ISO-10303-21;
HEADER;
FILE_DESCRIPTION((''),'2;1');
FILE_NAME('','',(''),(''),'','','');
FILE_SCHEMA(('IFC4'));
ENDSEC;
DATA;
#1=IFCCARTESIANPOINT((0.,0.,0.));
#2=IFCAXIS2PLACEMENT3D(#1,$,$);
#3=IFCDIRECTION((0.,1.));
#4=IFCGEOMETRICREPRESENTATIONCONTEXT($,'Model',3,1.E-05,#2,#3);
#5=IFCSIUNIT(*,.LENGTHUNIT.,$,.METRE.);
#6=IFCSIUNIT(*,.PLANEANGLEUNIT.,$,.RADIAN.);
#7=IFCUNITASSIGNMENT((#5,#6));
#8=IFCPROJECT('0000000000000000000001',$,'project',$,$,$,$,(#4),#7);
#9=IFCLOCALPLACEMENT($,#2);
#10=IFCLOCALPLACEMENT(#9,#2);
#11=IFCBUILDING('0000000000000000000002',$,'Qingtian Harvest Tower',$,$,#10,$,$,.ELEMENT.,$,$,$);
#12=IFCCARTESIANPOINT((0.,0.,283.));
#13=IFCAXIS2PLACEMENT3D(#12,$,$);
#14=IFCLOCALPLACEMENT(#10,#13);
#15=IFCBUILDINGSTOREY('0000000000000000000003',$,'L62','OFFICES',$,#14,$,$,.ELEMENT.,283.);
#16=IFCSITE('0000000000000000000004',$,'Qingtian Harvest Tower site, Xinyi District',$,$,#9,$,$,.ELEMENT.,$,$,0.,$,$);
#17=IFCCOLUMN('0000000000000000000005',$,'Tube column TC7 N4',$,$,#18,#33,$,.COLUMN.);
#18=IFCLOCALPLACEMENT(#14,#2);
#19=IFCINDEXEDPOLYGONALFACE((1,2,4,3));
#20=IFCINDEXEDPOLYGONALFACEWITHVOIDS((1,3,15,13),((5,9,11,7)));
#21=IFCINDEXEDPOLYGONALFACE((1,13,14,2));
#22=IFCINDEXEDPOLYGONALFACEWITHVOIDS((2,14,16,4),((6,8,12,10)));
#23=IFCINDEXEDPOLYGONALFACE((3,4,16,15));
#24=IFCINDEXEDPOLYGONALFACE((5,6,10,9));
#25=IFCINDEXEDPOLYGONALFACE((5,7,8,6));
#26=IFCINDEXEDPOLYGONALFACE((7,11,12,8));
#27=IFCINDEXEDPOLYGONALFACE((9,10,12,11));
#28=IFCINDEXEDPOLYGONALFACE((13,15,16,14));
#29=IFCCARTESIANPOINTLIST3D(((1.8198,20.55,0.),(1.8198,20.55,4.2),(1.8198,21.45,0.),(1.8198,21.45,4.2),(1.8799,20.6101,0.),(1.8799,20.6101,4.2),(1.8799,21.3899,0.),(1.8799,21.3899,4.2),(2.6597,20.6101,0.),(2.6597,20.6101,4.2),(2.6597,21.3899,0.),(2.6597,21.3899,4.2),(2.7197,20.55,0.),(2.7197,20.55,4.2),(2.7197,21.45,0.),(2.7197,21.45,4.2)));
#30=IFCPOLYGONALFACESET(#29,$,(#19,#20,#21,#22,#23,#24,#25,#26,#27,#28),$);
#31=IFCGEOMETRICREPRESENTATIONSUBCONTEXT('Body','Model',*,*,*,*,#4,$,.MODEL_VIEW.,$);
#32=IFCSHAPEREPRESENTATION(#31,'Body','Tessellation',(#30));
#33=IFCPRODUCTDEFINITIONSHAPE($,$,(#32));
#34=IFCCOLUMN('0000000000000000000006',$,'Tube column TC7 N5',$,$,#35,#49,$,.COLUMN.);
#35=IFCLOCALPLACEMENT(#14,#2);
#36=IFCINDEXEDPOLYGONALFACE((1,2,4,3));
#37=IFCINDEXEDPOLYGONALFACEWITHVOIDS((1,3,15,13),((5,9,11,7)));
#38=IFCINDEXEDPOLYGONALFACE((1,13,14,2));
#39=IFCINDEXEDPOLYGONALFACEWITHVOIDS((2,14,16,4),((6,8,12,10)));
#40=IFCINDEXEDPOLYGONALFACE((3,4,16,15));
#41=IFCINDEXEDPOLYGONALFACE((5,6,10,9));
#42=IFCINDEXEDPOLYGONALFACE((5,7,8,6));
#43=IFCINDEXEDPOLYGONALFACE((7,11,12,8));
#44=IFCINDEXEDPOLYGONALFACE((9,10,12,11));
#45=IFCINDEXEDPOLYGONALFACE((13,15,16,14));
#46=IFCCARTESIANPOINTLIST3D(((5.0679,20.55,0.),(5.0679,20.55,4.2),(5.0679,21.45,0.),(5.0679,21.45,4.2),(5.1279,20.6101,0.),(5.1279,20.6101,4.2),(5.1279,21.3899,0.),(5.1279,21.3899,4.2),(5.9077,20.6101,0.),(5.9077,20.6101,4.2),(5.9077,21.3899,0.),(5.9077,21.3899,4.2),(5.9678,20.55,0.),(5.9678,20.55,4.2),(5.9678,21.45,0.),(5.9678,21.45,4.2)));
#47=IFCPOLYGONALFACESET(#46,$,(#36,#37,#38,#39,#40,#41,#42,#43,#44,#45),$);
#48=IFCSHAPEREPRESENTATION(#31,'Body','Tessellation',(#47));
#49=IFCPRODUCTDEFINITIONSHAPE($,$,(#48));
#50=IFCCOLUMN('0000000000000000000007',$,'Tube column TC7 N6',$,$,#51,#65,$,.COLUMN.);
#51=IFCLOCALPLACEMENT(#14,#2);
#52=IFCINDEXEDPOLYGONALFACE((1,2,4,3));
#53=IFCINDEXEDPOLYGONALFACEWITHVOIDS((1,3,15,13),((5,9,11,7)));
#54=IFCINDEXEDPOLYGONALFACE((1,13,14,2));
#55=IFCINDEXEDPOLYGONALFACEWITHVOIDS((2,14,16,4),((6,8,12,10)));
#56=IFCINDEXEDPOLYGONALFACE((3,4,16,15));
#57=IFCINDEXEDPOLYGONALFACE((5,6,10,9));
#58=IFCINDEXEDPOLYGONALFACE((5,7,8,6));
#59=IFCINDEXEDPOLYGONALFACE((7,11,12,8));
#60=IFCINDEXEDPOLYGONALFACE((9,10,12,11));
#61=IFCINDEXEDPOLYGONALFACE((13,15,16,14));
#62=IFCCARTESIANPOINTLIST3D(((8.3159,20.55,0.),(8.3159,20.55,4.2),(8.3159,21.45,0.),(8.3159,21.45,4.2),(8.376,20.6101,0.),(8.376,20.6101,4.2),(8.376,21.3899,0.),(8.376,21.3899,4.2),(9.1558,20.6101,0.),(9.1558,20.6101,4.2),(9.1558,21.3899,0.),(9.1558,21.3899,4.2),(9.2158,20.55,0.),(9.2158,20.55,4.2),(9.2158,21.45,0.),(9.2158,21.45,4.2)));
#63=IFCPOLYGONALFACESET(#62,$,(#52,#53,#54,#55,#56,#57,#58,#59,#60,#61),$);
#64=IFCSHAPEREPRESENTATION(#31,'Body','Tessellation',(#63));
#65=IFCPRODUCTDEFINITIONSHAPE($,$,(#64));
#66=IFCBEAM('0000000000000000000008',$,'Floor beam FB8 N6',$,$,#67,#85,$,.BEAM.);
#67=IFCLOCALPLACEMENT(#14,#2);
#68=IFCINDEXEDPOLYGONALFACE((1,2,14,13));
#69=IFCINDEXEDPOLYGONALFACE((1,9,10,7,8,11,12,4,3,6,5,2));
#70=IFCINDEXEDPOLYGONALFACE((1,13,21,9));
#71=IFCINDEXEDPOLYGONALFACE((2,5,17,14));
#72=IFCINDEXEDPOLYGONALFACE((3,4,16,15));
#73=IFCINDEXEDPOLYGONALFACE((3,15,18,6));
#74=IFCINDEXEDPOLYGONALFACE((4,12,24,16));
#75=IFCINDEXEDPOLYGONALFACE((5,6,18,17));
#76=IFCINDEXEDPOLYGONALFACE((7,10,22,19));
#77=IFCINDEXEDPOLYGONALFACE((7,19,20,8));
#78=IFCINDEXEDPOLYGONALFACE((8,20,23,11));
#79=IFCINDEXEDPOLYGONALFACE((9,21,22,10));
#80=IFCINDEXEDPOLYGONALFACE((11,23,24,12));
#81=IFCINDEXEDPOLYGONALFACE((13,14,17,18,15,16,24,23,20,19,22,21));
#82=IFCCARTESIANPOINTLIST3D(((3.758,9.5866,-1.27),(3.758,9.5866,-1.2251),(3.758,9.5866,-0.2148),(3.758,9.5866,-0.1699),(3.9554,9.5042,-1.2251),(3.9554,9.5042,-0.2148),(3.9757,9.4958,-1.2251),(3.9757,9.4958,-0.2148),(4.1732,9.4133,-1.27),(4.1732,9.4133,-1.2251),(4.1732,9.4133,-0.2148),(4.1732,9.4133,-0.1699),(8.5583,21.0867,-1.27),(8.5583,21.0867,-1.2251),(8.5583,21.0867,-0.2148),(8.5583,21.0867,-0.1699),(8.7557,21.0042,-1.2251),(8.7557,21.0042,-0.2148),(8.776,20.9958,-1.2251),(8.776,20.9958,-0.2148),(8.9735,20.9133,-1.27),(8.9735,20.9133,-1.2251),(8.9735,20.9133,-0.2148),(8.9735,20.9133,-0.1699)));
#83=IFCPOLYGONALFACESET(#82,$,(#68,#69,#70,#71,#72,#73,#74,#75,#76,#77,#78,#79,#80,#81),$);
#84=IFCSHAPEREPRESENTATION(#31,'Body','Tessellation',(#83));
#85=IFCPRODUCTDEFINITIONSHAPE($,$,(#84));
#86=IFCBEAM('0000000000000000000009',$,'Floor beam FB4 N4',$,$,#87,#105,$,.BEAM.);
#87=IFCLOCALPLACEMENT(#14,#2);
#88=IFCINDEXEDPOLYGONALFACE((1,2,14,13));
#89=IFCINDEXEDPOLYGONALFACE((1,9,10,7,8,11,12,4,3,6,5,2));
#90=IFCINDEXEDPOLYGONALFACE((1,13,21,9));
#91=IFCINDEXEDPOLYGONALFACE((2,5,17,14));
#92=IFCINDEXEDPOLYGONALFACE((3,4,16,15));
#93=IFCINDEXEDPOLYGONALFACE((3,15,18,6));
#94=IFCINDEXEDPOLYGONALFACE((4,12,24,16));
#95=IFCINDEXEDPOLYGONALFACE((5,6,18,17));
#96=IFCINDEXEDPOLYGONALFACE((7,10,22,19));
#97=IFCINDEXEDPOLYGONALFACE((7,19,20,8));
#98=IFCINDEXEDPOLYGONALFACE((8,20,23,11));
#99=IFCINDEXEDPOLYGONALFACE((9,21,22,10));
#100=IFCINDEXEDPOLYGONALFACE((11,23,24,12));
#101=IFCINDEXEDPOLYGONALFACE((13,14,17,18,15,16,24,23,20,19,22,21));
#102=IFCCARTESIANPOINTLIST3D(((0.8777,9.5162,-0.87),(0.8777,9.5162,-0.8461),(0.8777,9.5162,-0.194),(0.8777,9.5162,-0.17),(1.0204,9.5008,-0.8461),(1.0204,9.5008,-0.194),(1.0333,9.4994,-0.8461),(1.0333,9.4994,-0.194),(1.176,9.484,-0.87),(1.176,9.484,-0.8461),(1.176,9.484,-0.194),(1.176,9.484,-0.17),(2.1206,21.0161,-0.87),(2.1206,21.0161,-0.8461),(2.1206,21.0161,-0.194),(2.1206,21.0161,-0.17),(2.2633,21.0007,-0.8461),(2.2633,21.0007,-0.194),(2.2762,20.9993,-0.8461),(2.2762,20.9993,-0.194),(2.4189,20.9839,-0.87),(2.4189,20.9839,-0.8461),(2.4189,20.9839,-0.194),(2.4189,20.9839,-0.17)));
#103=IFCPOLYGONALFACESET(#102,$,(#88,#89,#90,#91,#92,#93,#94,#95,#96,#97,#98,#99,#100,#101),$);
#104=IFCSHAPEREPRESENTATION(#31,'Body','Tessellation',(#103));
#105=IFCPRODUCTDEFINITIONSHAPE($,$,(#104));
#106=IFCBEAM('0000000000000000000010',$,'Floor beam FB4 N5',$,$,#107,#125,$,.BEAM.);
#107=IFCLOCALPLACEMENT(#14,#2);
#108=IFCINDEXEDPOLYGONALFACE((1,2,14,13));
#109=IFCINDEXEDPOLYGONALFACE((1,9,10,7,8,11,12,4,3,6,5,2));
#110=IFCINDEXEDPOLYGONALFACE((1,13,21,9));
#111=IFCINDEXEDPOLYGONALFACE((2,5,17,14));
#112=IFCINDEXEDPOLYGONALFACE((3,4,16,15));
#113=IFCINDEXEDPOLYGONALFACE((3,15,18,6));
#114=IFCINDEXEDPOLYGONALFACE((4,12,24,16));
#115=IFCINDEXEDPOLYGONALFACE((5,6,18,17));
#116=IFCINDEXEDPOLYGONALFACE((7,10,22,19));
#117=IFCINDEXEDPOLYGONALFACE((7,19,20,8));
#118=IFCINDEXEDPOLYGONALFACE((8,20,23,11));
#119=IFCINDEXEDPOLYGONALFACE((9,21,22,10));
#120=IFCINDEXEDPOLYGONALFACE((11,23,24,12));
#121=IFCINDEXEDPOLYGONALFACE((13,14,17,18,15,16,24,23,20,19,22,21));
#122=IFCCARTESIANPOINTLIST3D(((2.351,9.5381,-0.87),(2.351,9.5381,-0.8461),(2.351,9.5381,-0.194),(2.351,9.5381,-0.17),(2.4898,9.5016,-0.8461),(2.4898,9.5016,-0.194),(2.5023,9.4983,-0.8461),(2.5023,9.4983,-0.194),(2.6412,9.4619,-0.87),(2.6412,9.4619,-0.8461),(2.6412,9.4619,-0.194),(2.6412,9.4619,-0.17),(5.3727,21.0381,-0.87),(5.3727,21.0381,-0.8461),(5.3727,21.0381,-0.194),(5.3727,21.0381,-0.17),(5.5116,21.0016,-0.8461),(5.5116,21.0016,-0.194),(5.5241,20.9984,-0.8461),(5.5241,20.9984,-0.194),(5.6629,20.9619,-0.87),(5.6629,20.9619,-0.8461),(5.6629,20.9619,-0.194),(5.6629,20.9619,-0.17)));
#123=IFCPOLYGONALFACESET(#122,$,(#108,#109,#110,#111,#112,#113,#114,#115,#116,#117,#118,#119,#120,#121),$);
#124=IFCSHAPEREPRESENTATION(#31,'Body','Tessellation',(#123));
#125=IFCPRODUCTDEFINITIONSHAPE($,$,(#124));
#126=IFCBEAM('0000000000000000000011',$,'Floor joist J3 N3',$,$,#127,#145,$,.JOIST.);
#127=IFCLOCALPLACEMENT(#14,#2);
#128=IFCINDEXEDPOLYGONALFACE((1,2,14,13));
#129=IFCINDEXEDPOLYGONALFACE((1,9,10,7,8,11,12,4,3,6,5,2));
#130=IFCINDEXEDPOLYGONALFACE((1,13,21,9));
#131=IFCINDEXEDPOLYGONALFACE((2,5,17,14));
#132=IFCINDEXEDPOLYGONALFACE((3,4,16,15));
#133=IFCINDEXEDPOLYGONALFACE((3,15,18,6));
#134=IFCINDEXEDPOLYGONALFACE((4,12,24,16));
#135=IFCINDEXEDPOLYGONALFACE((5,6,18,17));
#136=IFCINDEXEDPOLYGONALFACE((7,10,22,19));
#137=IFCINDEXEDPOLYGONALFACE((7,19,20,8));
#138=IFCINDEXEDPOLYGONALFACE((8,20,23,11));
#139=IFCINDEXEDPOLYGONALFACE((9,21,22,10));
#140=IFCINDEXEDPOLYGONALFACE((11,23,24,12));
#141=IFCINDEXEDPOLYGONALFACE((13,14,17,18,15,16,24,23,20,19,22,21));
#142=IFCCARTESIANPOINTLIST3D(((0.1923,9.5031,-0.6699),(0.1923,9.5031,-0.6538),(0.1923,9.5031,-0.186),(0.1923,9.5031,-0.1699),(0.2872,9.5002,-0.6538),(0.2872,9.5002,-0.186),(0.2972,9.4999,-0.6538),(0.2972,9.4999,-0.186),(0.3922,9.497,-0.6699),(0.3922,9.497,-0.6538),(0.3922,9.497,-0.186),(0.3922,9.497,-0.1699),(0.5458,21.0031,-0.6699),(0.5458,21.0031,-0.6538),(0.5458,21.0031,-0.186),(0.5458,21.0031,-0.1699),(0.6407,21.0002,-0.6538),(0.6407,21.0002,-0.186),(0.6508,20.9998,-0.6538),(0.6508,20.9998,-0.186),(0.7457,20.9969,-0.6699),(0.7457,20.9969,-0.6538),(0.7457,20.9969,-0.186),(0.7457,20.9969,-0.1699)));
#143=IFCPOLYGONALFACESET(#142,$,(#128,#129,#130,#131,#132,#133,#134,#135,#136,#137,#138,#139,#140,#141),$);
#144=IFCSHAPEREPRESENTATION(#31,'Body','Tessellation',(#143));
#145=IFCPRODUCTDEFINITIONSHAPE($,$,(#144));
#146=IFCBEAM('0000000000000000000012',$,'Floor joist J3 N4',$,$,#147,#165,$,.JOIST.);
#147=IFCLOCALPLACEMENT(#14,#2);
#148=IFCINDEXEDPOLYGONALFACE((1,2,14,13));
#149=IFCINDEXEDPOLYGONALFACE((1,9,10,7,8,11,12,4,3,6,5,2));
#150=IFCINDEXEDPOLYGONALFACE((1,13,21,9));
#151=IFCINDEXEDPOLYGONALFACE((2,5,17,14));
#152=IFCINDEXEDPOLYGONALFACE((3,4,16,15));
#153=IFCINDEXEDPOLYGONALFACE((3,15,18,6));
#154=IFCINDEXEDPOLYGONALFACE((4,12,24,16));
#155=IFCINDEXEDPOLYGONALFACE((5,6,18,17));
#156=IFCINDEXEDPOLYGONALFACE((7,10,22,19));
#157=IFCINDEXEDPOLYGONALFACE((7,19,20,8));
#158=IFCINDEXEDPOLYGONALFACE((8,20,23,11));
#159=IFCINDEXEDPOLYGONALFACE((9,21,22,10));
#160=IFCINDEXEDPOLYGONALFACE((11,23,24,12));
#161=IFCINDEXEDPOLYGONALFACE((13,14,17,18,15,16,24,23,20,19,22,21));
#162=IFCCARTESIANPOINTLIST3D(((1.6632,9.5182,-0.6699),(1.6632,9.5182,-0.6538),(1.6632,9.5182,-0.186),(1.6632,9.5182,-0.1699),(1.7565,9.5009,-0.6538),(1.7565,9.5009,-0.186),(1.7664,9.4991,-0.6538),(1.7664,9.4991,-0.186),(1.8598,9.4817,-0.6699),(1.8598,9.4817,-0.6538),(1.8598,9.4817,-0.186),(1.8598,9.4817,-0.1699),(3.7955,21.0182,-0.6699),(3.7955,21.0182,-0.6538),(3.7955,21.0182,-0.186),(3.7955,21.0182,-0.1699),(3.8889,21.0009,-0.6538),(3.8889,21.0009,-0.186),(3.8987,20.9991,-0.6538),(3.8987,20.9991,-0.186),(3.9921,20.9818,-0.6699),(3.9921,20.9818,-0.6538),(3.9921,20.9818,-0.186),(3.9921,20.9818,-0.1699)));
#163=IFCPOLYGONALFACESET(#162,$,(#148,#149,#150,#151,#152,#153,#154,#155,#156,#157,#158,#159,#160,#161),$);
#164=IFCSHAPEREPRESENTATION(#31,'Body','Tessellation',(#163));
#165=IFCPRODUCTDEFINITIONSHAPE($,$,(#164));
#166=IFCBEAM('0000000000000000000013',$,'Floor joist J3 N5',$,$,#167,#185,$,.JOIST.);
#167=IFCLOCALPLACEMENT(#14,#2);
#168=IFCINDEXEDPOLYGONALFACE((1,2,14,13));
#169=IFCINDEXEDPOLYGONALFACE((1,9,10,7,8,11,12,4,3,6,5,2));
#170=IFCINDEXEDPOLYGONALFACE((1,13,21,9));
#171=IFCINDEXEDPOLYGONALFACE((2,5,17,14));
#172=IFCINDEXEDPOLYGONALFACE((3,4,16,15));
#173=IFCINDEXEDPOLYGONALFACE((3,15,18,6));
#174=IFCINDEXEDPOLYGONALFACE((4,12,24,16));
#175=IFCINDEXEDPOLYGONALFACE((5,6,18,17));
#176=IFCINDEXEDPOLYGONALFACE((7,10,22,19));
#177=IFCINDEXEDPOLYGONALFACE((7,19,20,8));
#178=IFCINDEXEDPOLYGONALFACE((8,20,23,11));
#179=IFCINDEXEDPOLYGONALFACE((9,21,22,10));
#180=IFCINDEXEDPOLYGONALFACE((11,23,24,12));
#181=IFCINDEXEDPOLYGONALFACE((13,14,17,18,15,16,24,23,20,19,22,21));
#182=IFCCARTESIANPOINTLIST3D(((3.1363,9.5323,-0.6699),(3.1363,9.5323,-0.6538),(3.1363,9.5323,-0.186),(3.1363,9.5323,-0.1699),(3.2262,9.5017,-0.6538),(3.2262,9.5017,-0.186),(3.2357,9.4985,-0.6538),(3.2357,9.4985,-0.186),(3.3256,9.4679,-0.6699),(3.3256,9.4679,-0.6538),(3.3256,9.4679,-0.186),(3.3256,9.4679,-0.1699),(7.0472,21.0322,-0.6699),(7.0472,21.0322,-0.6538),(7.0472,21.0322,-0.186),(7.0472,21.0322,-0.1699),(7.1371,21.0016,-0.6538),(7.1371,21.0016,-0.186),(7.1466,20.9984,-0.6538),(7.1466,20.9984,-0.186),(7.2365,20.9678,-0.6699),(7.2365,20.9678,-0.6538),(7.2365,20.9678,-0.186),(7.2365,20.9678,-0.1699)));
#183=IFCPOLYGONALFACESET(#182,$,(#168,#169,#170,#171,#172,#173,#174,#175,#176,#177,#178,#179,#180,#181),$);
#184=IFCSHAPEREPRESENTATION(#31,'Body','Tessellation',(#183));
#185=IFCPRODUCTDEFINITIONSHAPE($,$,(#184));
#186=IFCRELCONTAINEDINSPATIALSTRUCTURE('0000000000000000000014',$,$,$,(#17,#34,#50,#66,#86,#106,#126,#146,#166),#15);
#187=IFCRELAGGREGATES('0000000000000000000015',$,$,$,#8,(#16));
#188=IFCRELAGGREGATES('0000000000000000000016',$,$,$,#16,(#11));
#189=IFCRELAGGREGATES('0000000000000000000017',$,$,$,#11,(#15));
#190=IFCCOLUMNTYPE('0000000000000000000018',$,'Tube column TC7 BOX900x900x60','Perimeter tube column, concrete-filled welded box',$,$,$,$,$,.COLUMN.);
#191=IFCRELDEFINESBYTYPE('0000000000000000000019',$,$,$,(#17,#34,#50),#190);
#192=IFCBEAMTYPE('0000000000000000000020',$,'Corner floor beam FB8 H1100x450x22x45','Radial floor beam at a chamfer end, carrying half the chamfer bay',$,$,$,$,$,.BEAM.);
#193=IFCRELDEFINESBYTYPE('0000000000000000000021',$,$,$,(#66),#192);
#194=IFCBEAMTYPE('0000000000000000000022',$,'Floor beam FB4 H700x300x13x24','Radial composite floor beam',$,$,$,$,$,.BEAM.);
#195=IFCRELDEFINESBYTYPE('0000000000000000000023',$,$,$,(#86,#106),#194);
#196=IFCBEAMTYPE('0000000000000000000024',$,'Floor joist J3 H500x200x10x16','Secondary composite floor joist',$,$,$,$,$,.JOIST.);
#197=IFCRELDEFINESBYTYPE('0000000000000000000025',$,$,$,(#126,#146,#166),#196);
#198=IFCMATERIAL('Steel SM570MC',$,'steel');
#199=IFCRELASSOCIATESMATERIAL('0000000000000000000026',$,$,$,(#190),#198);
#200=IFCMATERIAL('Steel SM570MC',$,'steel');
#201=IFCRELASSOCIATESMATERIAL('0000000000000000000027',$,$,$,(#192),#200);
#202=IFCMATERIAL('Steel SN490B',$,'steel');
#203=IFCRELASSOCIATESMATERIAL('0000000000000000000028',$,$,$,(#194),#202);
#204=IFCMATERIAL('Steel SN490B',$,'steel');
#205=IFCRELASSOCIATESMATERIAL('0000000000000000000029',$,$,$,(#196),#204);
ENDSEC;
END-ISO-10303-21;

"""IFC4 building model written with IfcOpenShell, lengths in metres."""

from ifc_helpers import new_model, si_unit, direction, frame, origin, origin_2d, place, context, subcontext, project, spatial, hollow_rectangle, i_section, extrude, material, material_profile, profile_set, type_object, element, save


model = new_model("IFC4")

# Units and contexts
model_context = context("Model", 3, precision=1e-05, world=origin(), true_north=direction((0.0, 1.0)))
body_context = subcontext(model_context, "Body", "Model", "MODEL_VIEW")
ifc_project = project(units=[si_unit("LENGTHUNIT", "METRE"), si_unit("PLANEANGLEUNIT", "RADIAN")], contexts=[model_context])

# Site, building, storey
site_placement = place(None, origin())
site = spatial("IfcSite", under=ifc_project, at=site_placement, Name="Qingtian Harvest Tower site, Xinyi District", CompositionType="ELEMENT", RefElevation=0.0)
building_placement = place(site_placement, origin())
building = spatial("IfcBuilding", under=site, at=building_placement, Name="Qingtian Harvest Tower", CompositionType="ELEMENT")
storey_placement = place(building_placement, frame((0.0, 0.0, 283.0)))
storey = spatial("IfcBuildingStorey", under=building, at=storey_placement, Name="L62", Description="OFFICES", CompositionType="ELEMENT", Elevation=283.0)

# Columns
ifc_material_1 = material(Name="Steel SM570MC", Category="steel")
ifc_material_profile_1 = material_profile(ifc_material_1, hollow_rectangle(XDim=0.8999, YDim=0.8999, WallThickness=0.0601, at=origin_2d()), Name="BOX900x900x60")
ifc_profile_set_1 = profile_set([ifc_material_profile_1], Name="Steel SM570MC")
column_type = type_object("IfcColumnType", Name="Tube column TC7 BOX900x900x60", Description="Perimeter tube column, concrete-filled welded box", PredefinedType="COLUMN", material=ifc_profile_set_1)
for number, where, z_axis, x_axis, name in (
    (1, (2.2698, 21.0, 0.0), (0.0, 0.0, 1.0), (-1.0, 0.0, 0.0), "Tube column TC7 N4"),
    (2, (5.5178, 21.0, 0.0), (0.0, 0.0, 1.0), (-1.0, 0.0, 0.0), "Tube column TC7 N5"),
    (3, (8.7659, 21.0, 0.0), (0.0, 0.0, 1.0), (-1.0, 0.0, 0.0), "Tube column TC7 N6"),
):
    element("IfcColumn", number, at=place(storey_placement, frame(where, z_axis=z_axis, x_axis=x_axis)), inside=storey, type_object=column_type, Name=name, PredefinedType="COLUMN", context=body_context, shape_type="SweptSolid", body=[
        extrude(hollow_rectangle(XDim=0.8999, YDim=0.8999, WallThickness=0.0601, at=origin_2d()), origin(), (0.0, 0.0, 1.0), 4.2),
    ])

# Beams
ifc_material_2 = material(Name="Steel SM570MC", Category="steel")
ifc_material_profile_2 = material_profile(ifc_material_2, i_section(OverallWidth=0.45, OverallDepth=1.1001, WebThickness=0.022, FlangeThickness=0.0449, at=origin_2d()), Name="H1100x450x22x45")
ifc_profile_set_2 = profile_set([ifc_material_profile_2], Name="Steel SM570MC")
beam_type_1 = type_object("IfcBeamType", Name="Corner floor beam FB8 H1100x450x22x45", Description="Radial floor beam at a chamfer end, carrying half the chamfer bay", PredefinedType="BEAM", material=ifc_profile_set_2)
beam_1_placement = place(storey_placement, frame((8.7659, 21.0, -0.72), z_axis=(-0.385205, -0.922831, 0.0), x_axis=(0.922831, -0.385205, 0.0)))
element("IfcBeam", 4, at=beam_1_placement, inside=storey, type_object=beam_type_1, Name="Floor beam FB8 N6", PredefinedType="BEAM", context=body_context, shape_type="SweptSolid", body=[
    extrude(i_section(OverallWidth=0.45, OverallDepth=1.1001, WebThickness=0.022, FlangeThickness=0.0449, at=origin_2d()), origin(), (0.0, 0.0, 1.0), 12.4617),
])
ifc_material_3 = material(Name="Steel SN490B", Category="steel")
ifc_material_profile_3 = material_profile(ifc_material_3, i_section(OverallWidth=0.3, OverallDepth=0.7, WebThickness=0.0129, FlangeThickness=0.0239, at=origin_2d()), Name="H700x300x13x24")
ifc_profile_set_3 = profile_set([ifc_material_profile_3], Name="Steel SN490B")
beam_type_2 = type_object("IfcBeamType", Name="Floor beam FB4 H700x300x13x24", Description="Radial composite floor beam", PredefinedType="BEAM", material=ifc_profile_set_3)
beam_2_placement = place(storey_placement, frame((2.2698, 21.0, -0.52), z_axis=(-0.107454, -0.99421, 0.0), x_axis=(0.99421, -0.107454, 0.0)))
element("IfcBeam", 5, at=beam_2_placement, inside=storey, type_object=beam_type_2, Name="Floor beam FB4 N4", PredefinedType="BEAM", context=body_context, shape_type="SweptSolid", body=[
    extrude(i_section(OverallWidth=0.3, OverallDepth=0.7, WebThickness=0.0129, FlangeThickness=0.0239, at=origin_2d()), origin(), (0.0, 0.0, 1.0), 11.5669),
])
beam_3_placement = place(storey_placement, frame((5.5178, 21.0, -0.52), z_axis=(-0.254132, -0.967169, 0.0), x_axis=(0.967169, -0.254132, 0.0)))
element("IfcBeam", 6, at=beam_3_placement, inside=storey, type_object=beam_type_2, Name="Floor beam FB4 N5", PredefinedType="BEAM", context=body_context, shape_type="SweptSolid", body=[
    extrude(i_section(OverallWidth=0.3, OverallDepth=0.7, WebThickness=0.0129, FlangeThickness=0.0239, at=origin_2d()), origin(), (0.0, 0.0, 1.0), 11.8904),
])
ifc_material_4 = material(Name="Steel SN490B", Category="steel")
ifc_material_profile_4 = material_profile(ifc_material_4, i_section(OverallWidth=0.2, OverallDepth=0.5, WebThickness=0.01, FlangeThickness=0.0161, at=origin_2d()), Name="H500x200x10x16")
ifc_profile_set_4 = profile_set([ifc_material_profile_4], Name="Steel SN490B")
beam_type_3 = type_object("IfcBeamType", Name="Floor joist J3 H500x200x10x16", Description="Secondary composite floor joist", PredefinedType="JOIST", material=ifc_profile_set_4)
beam_4_placement = place(storey_placement, frame((0.6458, 21.0, -0.4199), z_axis=(-0.030726, -0.999528, 0.0), x_axis=(0.999528, -0.030726, 0.0)))
element("IfcBeam", 7, at=beam_4_placement, inside=storey, type_object=beam_type_3, Name="Floor joist J3 N3", PredefinedType="JOIST", context=body_context, shape_type="SweptSolid", body=[
    extrude(i_section(OverallWidth=0.2, OverallDepth=0.5, WebThickness=0.01, FlangeThickness=0.0161, at=origin_2d()), origin(), (0.0, 0.0, 1.0), 11.5054),
])
beam_5_placement = place(storey_placement, frame((3.8938, 21.0, -0.4199), z_axis=(-0.182312, -0.983241, 0.0), x_axis=(0.983241, -0.182312, 0.0)))
element("IfcBeam", 8, at=beam_5_placement, inside=storey, type_object=beam_type_3, Name="Floor joist J3 N4", PredefinedType="JOIST", context=body_context, shape_type="SweptSolid", body=[
    extrude(i_section(OverallWidth=0.2, OverallDepth=0.5, WebThickness=0.01, FlangeThickness=0.0161, at=origin_2d()), origin(), (0.0, 0.0, 1.0), 11.696),
])
beam_6_placement = place(storey_placement, frame((7.1418, 21.0, -0.4199), z_axis=(-0.321968, -0.94675, 0.0), x_axis=(0.94675, -0.321968, 0.0)))
element("IfcBeam", 9, at=beam_6_placement, inside=storey, type_object=beam_type_3, Name="Floor joist J3 N5", PredefinedType="JOIST", context=body_context, shape_type="SweptSolid", body=[
    extrude(i_section(OverallWidth=0.2, OverallDepth=0.5, WebThickness=0.01, FlangeThickness=0.0161, at=origin_2d()), origin(), (0.0, 0.0, 1.0), 12.1467),
])

save(model, "model.ifc")
